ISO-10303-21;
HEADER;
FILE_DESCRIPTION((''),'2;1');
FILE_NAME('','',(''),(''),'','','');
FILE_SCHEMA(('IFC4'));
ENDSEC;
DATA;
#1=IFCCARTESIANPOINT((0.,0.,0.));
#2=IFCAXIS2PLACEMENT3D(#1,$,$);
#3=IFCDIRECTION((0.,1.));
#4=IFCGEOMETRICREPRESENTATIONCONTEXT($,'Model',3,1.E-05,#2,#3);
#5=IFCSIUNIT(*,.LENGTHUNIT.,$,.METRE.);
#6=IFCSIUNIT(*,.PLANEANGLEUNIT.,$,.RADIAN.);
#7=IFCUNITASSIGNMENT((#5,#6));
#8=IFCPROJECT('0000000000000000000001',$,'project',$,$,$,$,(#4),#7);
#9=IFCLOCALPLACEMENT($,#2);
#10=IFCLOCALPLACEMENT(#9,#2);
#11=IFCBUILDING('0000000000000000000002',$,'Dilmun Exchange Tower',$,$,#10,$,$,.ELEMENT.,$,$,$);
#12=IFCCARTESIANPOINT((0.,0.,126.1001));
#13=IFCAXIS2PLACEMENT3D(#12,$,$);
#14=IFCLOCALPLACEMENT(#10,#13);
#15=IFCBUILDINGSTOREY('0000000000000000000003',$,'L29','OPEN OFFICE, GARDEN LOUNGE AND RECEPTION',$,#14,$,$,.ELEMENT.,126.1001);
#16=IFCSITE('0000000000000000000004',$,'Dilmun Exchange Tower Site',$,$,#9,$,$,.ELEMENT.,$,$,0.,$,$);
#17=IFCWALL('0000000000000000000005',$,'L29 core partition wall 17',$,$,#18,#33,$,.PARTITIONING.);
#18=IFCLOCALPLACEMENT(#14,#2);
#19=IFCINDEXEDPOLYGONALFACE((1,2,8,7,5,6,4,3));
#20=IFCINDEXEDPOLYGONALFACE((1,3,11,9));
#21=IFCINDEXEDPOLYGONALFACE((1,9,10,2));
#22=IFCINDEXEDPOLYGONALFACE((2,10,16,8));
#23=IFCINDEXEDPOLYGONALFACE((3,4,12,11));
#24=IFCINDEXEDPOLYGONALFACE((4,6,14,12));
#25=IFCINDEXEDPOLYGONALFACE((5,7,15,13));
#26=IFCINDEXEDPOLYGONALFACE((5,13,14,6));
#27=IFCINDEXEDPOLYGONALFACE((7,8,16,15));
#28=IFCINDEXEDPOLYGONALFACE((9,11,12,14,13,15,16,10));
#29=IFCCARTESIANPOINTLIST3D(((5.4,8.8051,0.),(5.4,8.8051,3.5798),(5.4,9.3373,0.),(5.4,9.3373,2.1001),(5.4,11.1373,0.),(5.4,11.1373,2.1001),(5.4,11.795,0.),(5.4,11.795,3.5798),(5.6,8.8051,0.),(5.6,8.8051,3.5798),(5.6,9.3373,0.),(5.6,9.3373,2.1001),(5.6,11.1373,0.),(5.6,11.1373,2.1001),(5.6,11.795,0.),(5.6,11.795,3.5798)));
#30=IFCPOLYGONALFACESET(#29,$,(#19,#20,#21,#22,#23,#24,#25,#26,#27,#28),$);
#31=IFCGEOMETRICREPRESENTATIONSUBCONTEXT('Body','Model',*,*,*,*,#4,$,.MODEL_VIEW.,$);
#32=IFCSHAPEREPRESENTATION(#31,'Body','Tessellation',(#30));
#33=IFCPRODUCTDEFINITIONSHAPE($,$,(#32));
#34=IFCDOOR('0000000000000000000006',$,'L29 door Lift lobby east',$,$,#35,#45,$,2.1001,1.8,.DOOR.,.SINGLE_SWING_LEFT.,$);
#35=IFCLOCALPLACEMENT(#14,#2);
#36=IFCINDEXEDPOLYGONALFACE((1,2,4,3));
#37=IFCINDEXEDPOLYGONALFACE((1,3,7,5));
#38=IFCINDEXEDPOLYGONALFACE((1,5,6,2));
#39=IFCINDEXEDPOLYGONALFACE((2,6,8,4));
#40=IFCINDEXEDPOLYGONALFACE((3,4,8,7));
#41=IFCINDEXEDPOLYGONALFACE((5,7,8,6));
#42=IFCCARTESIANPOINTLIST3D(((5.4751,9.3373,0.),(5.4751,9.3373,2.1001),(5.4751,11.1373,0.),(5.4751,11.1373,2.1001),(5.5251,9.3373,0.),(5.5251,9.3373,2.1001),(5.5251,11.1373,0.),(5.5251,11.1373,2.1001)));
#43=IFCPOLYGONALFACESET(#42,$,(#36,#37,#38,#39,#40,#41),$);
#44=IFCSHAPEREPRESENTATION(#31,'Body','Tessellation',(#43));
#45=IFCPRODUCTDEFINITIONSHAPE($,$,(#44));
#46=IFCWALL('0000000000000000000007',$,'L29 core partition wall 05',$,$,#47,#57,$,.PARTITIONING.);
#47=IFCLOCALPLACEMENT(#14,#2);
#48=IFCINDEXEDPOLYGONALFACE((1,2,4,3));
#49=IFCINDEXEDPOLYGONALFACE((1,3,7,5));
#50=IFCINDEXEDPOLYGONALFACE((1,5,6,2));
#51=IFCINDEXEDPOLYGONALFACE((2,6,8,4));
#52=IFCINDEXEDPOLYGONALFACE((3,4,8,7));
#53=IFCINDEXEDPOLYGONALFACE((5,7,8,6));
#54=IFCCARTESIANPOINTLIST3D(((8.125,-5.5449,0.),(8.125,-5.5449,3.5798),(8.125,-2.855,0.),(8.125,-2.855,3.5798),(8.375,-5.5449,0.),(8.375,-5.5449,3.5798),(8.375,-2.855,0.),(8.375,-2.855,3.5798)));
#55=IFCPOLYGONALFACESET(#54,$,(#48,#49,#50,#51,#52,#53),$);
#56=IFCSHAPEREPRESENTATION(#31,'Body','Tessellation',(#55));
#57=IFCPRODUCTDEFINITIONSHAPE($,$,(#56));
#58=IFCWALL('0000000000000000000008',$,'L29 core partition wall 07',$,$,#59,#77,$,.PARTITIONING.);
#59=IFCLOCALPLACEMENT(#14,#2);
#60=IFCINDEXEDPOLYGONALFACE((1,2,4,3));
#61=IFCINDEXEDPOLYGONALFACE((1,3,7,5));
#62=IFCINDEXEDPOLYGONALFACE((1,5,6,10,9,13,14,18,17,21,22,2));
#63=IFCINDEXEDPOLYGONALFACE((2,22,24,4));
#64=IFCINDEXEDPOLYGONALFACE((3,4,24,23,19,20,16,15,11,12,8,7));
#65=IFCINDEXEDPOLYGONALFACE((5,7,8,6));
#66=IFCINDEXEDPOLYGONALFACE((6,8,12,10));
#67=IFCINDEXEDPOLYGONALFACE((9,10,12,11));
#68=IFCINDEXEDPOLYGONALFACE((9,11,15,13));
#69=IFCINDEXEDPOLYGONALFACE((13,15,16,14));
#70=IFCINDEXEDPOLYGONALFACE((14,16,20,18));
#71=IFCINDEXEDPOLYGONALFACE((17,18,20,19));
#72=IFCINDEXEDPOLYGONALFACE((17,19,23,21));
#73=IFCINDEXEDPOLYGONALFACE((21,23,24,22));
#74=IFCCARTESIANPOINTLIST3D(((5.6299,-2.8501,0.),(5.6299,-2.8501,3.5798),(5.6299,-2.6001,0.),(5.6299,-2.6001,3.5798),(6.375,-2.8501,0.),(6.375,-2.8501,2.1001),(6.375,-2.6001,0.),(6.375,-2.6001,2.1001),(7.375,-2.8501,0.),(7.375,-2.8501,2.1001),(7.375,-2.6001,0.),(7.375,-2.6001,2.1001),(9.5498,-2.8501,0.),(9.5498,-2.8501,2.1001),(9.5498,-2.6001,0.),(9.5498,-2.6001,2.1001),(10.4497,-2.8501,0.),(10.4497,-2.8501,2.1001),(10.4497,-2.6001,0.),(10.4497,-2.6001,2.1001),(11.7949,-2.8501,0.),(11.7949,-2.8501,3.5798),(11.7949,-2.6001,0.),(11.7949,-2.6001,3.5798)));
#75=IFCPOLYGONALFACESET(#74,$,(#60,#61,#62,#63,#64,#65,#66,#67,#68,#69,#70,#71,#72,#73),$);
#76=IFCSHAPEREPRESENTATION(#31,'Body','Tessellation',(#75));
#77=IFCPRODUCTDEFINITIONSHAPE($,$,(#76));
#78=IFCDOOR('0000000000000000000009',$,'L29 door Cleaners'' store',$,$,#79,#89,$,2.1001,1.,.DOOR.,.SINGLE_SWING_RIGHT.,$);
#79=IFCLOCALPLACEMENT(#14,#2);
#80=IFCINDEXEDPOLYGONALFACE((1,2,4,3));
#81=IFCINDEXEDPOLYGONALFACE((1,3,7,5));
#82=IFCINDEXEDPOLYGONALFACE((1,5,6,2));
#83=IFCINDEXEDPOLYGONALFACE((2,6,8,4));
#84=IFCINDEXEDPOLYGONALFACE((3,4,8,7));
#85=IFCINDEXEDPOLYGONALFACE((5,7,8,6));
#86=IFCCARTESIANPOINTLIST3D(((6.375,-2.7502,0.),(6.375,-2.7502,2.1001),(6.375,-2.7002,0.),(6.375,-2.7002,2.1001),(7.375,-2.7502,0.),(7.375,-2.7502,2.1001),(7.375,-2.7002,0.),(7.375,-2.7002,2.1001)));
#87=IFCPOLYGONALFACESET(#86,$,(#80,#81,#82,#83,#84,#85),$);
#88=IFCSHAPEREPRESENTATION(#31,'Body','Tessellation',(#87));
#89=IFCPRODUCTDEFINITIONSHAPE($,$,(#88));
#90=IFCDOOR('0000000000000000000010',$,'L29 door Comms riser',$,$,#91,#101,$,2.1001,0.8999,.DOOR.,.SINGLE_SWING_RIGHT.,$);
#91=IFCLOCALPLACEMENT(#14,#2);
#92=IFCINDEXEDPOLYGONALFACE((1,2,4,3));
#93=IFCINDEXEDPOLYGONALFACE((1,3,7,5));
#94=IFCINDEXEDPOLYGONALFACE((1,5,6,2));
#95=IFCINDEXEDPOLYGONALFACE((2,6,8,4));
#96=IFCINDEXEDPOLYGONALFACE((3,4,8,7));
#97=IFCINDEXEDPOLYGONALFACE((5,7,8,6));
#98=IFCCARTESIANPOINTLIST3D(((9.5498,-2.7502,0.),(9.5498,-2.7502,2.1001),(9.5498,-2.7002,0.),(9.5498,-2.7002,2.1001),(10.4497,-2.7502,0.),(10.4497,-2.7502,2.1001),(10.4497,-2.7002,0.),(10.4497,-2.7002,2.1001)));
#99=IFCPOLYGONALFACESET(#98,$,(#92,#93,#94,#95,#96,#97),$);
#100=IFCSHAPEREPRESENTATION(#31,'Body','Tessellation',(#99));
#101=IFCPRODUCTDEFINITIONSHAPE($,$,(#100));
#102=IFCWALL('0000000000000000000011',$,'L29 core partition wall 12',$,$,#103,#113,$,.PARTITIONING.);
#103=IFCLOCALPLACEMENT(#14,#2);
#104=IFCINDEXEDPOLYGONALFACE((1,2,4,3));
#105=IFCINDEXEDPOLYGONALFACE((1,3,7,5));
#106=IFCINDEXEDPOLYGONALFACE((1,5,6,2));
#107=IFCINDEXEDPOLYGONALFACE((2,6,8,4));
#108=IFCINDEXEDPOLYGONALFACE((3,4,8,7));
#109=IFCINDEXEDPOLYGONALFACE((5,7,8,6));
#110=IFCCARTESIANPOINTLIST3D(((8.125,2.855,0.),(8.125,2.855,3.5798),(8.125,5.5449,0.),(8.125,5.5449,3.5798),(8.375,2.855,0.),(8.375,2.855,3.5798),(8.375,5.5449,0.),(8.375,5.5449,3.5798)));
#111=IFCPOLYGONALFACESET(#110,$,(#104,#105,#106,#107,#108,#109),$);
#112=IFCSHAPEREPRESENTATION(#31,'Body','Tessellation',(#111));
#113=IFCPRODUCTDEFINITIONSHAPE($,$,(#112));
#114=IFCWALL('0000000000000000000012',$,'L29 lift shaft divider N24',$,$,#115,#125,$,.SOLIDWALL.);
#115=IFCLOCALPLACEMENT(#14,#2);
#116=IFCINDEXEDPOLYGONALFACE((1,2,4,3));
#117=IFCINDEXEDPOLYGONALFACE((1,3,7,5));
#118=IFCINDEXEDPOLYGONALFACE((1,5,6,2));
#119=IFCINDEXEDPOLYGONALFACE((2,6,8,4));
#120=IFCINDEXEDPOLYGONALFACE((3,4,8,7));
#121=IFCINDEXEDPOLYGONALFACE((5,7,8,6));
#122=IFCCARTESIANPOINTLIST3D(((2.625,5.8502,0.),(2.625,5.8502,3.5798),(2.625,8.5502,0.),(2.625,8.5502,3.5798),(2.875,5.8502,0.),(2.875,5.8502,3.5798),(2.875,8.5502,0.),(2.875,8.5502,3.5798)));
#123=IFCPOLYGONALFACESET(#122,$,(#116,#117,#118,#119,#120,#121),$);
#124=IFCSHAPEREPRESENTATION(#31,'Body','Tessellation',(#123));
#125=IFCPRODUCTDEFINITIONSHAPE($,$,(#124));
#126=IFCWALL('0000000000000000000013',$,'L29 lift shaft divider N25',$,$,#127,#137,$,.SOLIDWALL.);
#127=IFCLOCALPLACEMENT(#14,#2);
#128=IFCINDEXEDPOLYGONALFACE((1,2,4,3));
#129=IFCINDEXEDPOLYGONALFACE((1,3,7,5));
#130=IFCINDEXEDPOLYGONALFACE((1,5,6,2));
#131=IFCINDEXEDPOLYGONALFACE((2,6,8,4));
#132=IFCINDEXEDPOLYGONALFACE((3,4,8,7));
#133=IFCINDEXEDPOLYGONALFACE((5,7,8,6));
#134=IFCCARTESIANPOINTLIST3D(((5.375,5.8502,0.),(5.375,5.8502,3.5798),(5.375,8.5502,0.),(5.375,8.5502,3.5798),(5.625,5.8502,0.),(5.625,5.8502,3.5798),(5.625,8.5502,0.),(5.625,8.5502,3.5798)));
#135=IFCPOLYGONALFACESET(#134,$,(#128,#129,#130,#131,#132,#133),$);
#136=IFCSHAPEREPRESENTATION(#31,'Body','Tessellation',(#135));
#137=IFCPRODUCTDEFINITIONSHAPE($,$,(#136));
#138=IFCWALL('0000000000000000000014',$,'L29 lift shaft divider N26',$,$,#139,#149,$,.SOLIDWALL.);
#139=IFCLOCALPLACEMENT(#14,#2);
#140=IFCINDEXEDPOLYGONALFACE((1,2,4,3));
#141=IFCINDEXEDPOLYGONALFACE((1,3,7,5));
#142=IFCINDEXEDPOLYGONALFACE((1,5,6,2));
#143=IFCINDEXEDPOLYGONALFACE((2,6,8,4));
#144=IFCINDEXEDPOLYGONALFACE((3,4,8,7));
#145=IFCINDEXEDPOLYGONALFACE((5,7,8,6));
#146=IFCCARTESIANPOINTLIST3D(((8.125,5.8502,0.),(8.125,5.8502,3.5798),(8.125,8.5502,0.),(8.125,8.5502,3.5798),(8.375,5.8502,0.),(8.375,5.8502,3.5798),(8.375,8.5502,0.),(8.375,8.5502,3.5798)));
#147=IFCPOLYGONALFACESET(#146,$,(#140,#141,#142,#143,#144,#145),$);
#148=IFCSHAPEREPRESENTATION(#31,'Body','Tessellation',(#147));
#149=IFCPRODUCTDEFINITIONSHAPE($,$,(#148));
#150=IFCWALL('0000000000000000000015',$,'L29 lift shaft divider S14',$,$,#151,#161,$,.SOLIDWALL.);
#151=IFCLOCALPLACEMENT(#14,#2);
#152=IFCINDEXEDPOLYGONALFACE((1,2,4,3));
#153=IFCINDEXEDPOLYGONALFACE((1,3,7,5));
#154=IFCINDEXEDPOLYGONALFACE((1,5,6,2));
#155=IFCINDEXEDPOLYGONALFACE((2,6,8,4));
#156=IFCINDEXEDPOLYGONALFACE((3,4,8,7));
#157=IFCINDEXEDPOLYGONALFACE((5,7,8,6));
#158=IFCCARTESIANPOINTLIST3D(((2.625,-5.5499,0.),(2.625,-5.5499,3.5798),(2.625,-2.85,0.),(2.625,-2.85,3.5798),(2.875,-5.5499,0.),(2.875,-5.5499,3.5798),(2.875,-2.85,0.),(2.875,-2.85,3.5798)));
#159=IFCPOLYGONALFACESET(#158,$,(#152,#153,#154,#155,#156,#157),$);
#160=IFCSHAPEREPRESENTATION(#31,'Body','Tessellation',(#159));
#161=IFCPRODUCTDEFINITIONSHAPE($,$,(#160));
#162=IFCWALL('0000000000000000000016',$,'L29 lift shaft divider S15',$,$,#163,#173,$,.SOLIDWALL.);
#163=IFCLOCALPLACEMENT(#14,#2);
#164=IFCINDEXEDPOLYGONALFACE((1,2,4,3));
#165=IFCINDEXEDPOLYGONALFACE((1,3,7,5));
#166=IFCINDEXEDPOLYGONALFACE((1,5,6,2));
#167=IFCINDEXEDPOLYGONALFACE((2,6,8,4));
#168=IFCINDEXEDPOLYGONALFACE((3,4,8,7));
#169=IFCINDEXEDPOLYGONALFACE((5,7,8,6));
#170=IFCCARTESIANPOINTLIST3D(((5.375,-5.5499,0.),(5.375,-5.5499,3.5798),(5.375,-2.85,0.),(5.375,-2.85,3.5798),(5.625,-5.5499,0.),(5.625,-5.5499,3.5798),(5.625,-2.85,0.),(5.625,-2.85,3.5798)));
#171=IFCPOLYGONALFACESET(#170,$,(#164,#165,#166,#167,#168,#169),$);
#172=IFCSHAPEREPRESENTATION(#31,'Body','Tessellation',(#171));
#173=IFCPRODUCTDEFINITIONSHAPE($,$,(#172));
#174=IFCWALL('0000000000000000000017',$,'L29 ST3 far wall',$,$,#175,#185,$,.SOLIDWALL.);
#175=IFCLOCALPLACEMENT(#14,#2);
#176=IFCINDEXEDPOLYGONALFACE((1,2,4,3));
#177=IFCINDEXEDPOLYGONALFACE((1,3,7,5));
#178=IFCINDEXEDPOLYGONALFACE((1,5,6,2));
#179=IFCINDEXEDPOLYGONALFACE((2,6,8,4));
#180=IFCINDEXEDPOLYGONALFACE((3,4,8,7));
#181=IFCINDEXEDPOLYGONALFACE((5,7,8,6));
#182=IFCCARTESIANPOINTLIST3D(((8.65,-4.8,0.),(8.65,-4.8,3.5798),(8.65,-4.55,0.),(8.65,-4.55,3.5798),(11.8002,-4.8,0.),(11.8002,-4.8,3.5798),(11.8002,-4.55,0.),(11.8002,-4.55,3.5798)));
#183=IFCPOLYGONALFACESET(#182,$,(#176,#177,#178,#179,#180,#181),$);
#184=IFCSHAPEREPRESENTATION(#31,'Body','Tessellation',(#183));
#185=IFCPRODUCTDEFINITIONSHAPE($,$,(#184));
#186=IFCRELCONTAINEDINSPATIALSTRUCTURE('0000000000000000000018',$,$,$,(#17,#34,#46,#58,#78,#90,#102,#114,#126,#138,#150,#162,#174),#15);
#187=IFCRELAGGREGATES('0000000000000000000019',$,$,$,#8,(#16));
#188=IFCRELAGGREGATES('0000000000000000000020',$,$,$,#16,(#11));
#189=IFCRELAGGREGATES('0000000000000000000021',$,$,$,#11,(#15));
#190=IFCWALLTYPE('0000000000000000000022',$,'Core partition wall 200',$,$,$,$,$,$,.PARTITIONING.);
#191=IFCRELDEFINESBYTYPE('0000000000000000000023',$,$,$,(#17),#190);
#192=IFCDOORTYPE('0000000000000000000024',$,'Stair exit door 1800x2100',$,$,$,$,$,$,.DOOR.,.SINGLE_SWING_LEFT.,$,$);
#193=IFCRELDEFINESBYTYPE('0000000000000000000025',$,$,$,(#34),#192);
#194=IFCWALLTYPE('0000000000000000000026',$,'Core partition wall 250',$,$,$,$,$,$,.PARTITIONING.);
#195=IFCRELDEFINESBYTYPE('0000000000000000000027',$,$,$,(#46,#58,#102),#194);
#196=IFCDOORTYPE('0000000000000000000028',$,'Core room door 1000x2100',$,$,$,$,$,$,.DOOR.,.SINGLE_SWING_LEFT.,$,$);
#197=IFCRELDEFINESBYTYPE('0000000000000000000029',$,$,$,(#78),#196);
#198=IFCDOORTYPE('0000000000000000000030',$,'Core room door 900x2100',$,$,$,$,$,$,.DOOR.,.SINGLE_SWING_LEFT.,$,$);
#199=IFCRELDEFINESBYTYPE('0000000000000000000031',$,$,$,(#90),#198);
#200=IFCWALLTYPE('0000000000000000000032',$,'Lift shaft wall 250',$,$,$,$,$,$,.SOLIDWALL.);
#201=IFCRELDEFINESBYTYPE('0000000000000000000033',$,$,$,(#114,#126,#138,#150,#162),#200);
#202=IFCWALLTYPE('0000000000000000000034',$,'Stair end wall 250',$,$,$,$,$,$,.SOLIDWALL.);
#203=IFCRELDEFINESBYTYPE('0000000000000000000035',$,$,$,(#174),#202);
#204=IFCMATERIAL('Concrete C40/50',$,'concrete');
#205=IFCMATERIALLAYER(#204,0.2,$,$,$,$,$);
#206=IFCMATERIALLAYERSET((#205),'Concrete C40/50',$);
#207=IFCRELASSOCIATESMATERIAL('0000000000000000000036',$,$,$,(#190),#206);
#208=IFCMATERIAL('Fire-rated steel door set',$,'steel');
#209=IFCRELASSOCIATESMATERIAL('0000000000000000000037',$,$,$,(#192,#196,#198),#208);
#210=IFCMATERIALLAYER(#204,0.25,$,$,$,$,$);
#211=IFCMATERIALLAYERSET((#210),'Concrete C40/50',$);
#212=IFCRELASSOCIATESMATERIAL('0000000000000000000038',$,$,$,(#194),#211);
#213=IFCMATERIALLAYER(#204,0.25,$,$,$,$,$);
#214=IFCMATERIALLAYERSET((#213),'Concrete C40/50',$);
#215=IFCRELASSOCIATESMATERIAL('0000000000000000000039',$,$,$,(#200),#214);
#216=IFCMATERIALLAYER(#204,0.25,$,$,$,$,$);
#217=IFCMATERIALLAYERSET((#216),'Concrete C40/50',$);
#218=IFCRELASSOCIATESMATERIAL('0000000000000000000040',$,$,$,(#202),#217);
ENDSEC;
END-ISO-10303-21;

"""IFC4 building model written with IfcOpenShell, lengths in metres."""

from ifc_helpers import new_model, si_unit, direction, frame, frame_2d, origin, place, context, subcontext, project, spatial, rectangle, extrude, material, layer, layer_set, type_object, element, fill, save


model = new_model("IFC4")

# Units and contexts
model_context = context("Model", 3, precision=1e-05, world=origin(), true_north=direction((0.0, 1.0)))
body_context = subcontext(model_context, "Body", "Model", "MODEL_VIEW")
ifc_project = project(units=[si_unit("LENGTHUNIT", "METRE"), si_unit("PLANEANGLEUNIT", "RADIAN")], contexts=[model_context])

# Site, building, storey
site_placement = place(None, origin())
site = spatial("IfcSite", under=ifc_project, at=site_placement, Name="Dilmun Exchange Tower Site", CompositionType="ELEMENT", RefElevation=0.0)
building_placement = place(site_placement, origin())
building = spatial("IfcBuilding", under=site, at=building_placement, Name="Dilmun Exchange Tower", CompositionType="ELEMENT")
storey_placement = place(building_placement, frame((0.0, 0.0, 126.1001)))
storey = spatial("IfcBuildingStorey", under=building, at=storey_placement, Name="L29", Description="OPEN OFFICE, GARDEN LOUNGE AND RECEPTION", CompositionType="ELEMENT", Elevation=126.1001)

# Wall, opening, door
ifc_material_1 = material(Name="Concrete C40/50", Category="concrete")
ifc_layer_1 = layer(ifc_material_1, 0.2)
ifc_layer_set_1 = layer_set([ifc_layer_1], Name="Concrete C40/50")
wall_type_1 = type_object("IfcWallType", Name="Core partition wall 200", PredefinedType="PARTITIONING", material=ifc_layer_set_1)
wall_1_placement = place(storey_placement, frame((5.5, 8.8049, 0.0), z_axis=(0.0, 0.0, 1.0), x_axis=(0.0, 1.0, 0.0)))
wall_1 = element("IfcWall", 1, at=wall_1_placement, inside=storey, type_object=wall_type_1, Name="L29 core partition wall 17", PredefinedType="PARTITIONING", context=body_context, shape_type="SweptSolid", body=[
    extrude(rectangle(XDim=2.99, YDim=0.2, at=frame_2d((1.4951, 0.0))), origin(), (0.0, 0.0, 1.0), 3.5798),
])
opening_1_placement = place(wall_1_placement, frame((0.5325, 0.0, 0.0)))
opening_1 = element("IfcOpeningElement", 2, at=opening_1_placement, cuts=wall_1, PredefinedType="OPENING", context=body_context, shape_type="SweptSolid", body=[
    extrude(rectangle(XDim=1.8, YDim=2.1001, at=frame_2d((0.8999, 1.05))), frame((0.0, 0.1099, 0.0), z_axis=(0.0, -1.0, 0.0), x_axis=(1.0, 0.0, 0.0)), (0.0, 0.0, 1.0), 0.22),
])
ifc_material_2 = material(Name="Fire-rated steel door set", Category="steel")
door_type_1 = type_object("IfcDoorType", Name="Stair exit door 1800x2100", OperationType="SINGLE_SWING_LEFT", PredefinedType="DOOR", material=ifc_material_2)
door_1_placement = place(opening_1_placement, origin())
door_1 = element("IfcDoor", 3, at=door_1_placement, inside=storey, type_object=door_type_1, Name="L29 door Lift lobby east", OperationType="SINGLE_SWING_LEFT", OverallHeight=2.1001, OverallWidth=1.8, PredefinedType="DOOR", context=body_context, shape_type="SweptSolid", body=[
    extrude(rectangle(XDim=1.8, YDim=2.1001, at=frame_2d((0.8999, 1.05))), frame((0.0, 0.0249, 0.0), z_axis=(0.0, -1.0, 0.0), x_axis=(1.0, 0.0, 0.0)), (0.0, 0.0, 1.0), 0.05),
])
fill(opening_1, door_1)

# Wall
ifc_layer_2 = layer(ifc_material_1, 0.25)
ifc_layer_set_2 = layer_set([ifc_layer_2], Name="Concrete C40/50")
wall_type_2 = type_object("IfcWallType", Name="Core partition wall 250", PredefinedType="PARTITIONING", material=ifc_layer_set_2)
wall_2_placement = place(storey_placement, frame((8.25, -5.5449, 0.0), z_axis=(0.0, 0.0, 1.0), x_axis=(0.0, 1.0, 0.0)))
element("IfcWall", 4, at=wall_2_placement, inside=storey, type_object=wall_type_2, Name="L29 core partition wall 05", PredefinedType="PARTITIONING", context=body_context, shape_type="SweptSolid", body=[
    extrude(rectangle(XDim=2.6899, YDim=0.25, at=frame_2d((1.345, 0.0))), origin(), (0.0, 0.0, 1.0), 3.5798),
])

# Wall, openings, doors
wall_3_placement = place(storey_placement, frame((5.6299, -2.7251, 0.0), z_axis=(0.0, 0.0, 1.0), x_axis=(1.0, 0.0, 0.0)))
wall_3 = element("IfcWall", 5, at=wall_3_placement, inside=storey, type_object=wall_type_2, Name="L29 core partition wall 07", PredefinedType="PARTITIONING", context=body_context, shape_type="SweptSolid", body=[
    extrude(rectangle(XDim=6.165, YDim=0.25, at=frame_2d((3.0825, 0.0))), origin(), (0.0, 0.0, 1.0), 3.5798),
])
opening_2_placement = place(wall_3_placement, frame((0.7451, 0.0, 0.0)))
opening_2 = element("IfcOpeningElement", 6, at=opening_2_placement, cuts=wall_3, PredefinedType="OPENING", context=body_context, shape_type="SweptSolid", body=[
    extrude(rectangle(XDim=1.0, YDim=2.1001, at=frame_2d((0.5, 1.05))), frame((0.0, 0.135, 0.0), z_axis=(0.0, -1.0, 0.0), x_axis=(1.0, 0.0, 0.0)), (0.0, 0.0, 1.0), 0.27),
])
opening_3_placement = place(wall_3_placement, frame((3.9199, 0.0, 0.0)))
opening_3 = element("IfcOpeningElement", 7, at=opening_3_placement, cuts=wall_3, PredefinedType="OPENING", context=body_context, shape_type="SweptSolid", body=[
    extrude(rectangle(XDim=0.8999, YDim=2.1001, at=frame_2d((0.45, 1.05))), frame((0.0, 0.135, 0.0), z_axis=(0.0, -1.0, 0.0), x_axis=(1.0, 0.0, 0.0)), (0.0, 0.0, 1.0), 0.27),
])
door_type_2 = type_object("IfcDoorType", Name="Core room door 1000x2100", OperationType="SINGLE_SWING_LEFT", PredefinedType="DOOR", material=ifc_material_2)
door_2_placement = place(opening_2_placement, origin())
door_2 = element("IfcDoor", 8, at=door_2_placement, inside=storey, type_object=door_type_2, Name="L29 door Cleaners' store", OperationType="SINGLE_SWING_RIGHT", OverallHeight=2.1001, OverallWidth=1.0, PredefinedType="DOOR", context=body_context, shape_type="SweptSolid", body=[
    extrude(rectangle(XDim=1.0, YDim=2.1001, at=frame_2d((0.5, 1.05))), frame((0.0, 0.0249, 0.0), z_axis=(0.0, -1.0, 0.0), x_axis=(1.0, 0.0, 0.0)), (0.0, 0.0, 1.0), 0.05),
])
fill(opening_2, door_2)
door_type_3 = type_object("IfcDoorType", Name="Core room door 900x2100", OperationType="SINGLE_SWING_LEFT", PredefinedType="DOOR", material=ifc_material_2)
door_3_placement = place(opening_3_placement, origin())
door_3 = element("IfcDoor", 9, at=door_3_placement, inside=storey, type_object=door_type_3, Name="L29 door Comms riser", OperationType="SINGLE_SWING_RIGHT", OverallHeight=2.1001, OverallWidth=0.8999, PredefinedType="DOOR", context=body_context, shape_type="SweptSolid", body=[
    extrude(rectangle(XDim=0.8999, YDim=2.1001, at=frame_2d((0.45, 1.05))), frame((0.0, 0.0249, 0.0), z_axis=(0.0, -1.0, 0.0), x_axis=(1.0, 0.0, 0.0)), (0.0, 0.0, 1.0), 0.05),
])
fill(opening_3, door_3)

# Walls
wall_4_placement = place(storey_placement, frame((8.25, 2.855, 0.0), z_axis=(0.0, 0.0, 1.0), x_axis=(0.0, 1.0, 0.0)))
element("IfcWall", 10, at=wall_4_placement, inside=storey, type_object=wall_type_2, Name="L29 core partition wall 12", PredefinedType="PARTITIONING", context=body_context, shape_type="SweptSolid", body=[
    extrude(rectangle(XDim=2.6899, YDim=0.25, at=frame_2d((1.345, 0.0))), origin(), (0.0, 0.0, 1.0), 3.5798),
])
ifc_layer_3 = layer(ifc_material_1, 0.25)
ifc_layer_set_3 = layer_set([ifc_layer_3], Name="Concrete C40/50")
wall_type_3 = type_object("IfcWallType", Name="Lift shaft wall 250", PredefinedType="SOLIDWALL", material=ifc_layer_set_3)
for number, where, z_axis, x_axis, name in (
    (11, (2.75, 5.8501, 0.0), (0.0, 0.0, 1.0), (0.0, 1.0, 0.0), "L29 lift shaft divider N24"),
    (12, (5.5, 5.8501, 0.0), (0.0, 0.0, 1.0), (0.0, 1.0, 0.0), "L29 lift shaft divider N25"),
    (13, (8.25, 5.8501, 0.0), (0.0, 0.0, 1.0), (0.0, 1.0, 0.0), "L29 lift shaft divider N26"),
    (14, (2.75, -5.55, 0.0), (0.0, 0.0, 1.0), (0.0, 1.0, 0.0), "L29 lift shaft divider S14"),
    (15, (5.5, -5.55, 0.0), (0.0, 0.0, 1.0), (0.0, 1.0, 0.0), "L29 lift shaft divider S15"),
):
    element("IfcWall", number, at=place(storey_placement, frame(where, z_axis=z_axis, x_axis=x_axis)), inside=storey, type_object=wall_type_3, Name=name, PredefinedType="SOLIDWALL", context=body_context, shape_type="SweptSolid", body=[
        extrude(rectangle(XDim=2.7, YDim=0.25, at=frame_2d((1.3501, 0.0))), origin(), (0.0, 0.0, 1.0), 3.5798),
    ])
ifc_layer_4 = layer(ifc_material_1, 0.25)
ifc_layer_set_4 = layer_set([ifc_layer_4], Name="Concrete C40/50")
wall_type_4 = type_object("IfcWallType", Name="Stair end wall 250", PredefinedType="SOLIDWALL", material=ifc_layer_set_4)
wall_5_placement = place(storey_placement, frame((8.6499, -4.675, 0.0), z_axis=(0.0, 0.0, 1.0), x_axis=(1.0, 0.0, 0.0)))
element("IfcWall", 16, at=wall_5_placement, inside=storey, type_object=wall_type_4, Name="L29 ST3 far wall", PredefinedType="SOLIDWALL", context=body_context, shape_type="SweptSolid", body=[
    extrude(rectangle(XDim=3.1501, YDim=0.25, at=frame_2d((1.5752, 0.0))), origin(), (0.0, 0.0, 1.0), 3.5798),
])

save(model, "model.ifc")
